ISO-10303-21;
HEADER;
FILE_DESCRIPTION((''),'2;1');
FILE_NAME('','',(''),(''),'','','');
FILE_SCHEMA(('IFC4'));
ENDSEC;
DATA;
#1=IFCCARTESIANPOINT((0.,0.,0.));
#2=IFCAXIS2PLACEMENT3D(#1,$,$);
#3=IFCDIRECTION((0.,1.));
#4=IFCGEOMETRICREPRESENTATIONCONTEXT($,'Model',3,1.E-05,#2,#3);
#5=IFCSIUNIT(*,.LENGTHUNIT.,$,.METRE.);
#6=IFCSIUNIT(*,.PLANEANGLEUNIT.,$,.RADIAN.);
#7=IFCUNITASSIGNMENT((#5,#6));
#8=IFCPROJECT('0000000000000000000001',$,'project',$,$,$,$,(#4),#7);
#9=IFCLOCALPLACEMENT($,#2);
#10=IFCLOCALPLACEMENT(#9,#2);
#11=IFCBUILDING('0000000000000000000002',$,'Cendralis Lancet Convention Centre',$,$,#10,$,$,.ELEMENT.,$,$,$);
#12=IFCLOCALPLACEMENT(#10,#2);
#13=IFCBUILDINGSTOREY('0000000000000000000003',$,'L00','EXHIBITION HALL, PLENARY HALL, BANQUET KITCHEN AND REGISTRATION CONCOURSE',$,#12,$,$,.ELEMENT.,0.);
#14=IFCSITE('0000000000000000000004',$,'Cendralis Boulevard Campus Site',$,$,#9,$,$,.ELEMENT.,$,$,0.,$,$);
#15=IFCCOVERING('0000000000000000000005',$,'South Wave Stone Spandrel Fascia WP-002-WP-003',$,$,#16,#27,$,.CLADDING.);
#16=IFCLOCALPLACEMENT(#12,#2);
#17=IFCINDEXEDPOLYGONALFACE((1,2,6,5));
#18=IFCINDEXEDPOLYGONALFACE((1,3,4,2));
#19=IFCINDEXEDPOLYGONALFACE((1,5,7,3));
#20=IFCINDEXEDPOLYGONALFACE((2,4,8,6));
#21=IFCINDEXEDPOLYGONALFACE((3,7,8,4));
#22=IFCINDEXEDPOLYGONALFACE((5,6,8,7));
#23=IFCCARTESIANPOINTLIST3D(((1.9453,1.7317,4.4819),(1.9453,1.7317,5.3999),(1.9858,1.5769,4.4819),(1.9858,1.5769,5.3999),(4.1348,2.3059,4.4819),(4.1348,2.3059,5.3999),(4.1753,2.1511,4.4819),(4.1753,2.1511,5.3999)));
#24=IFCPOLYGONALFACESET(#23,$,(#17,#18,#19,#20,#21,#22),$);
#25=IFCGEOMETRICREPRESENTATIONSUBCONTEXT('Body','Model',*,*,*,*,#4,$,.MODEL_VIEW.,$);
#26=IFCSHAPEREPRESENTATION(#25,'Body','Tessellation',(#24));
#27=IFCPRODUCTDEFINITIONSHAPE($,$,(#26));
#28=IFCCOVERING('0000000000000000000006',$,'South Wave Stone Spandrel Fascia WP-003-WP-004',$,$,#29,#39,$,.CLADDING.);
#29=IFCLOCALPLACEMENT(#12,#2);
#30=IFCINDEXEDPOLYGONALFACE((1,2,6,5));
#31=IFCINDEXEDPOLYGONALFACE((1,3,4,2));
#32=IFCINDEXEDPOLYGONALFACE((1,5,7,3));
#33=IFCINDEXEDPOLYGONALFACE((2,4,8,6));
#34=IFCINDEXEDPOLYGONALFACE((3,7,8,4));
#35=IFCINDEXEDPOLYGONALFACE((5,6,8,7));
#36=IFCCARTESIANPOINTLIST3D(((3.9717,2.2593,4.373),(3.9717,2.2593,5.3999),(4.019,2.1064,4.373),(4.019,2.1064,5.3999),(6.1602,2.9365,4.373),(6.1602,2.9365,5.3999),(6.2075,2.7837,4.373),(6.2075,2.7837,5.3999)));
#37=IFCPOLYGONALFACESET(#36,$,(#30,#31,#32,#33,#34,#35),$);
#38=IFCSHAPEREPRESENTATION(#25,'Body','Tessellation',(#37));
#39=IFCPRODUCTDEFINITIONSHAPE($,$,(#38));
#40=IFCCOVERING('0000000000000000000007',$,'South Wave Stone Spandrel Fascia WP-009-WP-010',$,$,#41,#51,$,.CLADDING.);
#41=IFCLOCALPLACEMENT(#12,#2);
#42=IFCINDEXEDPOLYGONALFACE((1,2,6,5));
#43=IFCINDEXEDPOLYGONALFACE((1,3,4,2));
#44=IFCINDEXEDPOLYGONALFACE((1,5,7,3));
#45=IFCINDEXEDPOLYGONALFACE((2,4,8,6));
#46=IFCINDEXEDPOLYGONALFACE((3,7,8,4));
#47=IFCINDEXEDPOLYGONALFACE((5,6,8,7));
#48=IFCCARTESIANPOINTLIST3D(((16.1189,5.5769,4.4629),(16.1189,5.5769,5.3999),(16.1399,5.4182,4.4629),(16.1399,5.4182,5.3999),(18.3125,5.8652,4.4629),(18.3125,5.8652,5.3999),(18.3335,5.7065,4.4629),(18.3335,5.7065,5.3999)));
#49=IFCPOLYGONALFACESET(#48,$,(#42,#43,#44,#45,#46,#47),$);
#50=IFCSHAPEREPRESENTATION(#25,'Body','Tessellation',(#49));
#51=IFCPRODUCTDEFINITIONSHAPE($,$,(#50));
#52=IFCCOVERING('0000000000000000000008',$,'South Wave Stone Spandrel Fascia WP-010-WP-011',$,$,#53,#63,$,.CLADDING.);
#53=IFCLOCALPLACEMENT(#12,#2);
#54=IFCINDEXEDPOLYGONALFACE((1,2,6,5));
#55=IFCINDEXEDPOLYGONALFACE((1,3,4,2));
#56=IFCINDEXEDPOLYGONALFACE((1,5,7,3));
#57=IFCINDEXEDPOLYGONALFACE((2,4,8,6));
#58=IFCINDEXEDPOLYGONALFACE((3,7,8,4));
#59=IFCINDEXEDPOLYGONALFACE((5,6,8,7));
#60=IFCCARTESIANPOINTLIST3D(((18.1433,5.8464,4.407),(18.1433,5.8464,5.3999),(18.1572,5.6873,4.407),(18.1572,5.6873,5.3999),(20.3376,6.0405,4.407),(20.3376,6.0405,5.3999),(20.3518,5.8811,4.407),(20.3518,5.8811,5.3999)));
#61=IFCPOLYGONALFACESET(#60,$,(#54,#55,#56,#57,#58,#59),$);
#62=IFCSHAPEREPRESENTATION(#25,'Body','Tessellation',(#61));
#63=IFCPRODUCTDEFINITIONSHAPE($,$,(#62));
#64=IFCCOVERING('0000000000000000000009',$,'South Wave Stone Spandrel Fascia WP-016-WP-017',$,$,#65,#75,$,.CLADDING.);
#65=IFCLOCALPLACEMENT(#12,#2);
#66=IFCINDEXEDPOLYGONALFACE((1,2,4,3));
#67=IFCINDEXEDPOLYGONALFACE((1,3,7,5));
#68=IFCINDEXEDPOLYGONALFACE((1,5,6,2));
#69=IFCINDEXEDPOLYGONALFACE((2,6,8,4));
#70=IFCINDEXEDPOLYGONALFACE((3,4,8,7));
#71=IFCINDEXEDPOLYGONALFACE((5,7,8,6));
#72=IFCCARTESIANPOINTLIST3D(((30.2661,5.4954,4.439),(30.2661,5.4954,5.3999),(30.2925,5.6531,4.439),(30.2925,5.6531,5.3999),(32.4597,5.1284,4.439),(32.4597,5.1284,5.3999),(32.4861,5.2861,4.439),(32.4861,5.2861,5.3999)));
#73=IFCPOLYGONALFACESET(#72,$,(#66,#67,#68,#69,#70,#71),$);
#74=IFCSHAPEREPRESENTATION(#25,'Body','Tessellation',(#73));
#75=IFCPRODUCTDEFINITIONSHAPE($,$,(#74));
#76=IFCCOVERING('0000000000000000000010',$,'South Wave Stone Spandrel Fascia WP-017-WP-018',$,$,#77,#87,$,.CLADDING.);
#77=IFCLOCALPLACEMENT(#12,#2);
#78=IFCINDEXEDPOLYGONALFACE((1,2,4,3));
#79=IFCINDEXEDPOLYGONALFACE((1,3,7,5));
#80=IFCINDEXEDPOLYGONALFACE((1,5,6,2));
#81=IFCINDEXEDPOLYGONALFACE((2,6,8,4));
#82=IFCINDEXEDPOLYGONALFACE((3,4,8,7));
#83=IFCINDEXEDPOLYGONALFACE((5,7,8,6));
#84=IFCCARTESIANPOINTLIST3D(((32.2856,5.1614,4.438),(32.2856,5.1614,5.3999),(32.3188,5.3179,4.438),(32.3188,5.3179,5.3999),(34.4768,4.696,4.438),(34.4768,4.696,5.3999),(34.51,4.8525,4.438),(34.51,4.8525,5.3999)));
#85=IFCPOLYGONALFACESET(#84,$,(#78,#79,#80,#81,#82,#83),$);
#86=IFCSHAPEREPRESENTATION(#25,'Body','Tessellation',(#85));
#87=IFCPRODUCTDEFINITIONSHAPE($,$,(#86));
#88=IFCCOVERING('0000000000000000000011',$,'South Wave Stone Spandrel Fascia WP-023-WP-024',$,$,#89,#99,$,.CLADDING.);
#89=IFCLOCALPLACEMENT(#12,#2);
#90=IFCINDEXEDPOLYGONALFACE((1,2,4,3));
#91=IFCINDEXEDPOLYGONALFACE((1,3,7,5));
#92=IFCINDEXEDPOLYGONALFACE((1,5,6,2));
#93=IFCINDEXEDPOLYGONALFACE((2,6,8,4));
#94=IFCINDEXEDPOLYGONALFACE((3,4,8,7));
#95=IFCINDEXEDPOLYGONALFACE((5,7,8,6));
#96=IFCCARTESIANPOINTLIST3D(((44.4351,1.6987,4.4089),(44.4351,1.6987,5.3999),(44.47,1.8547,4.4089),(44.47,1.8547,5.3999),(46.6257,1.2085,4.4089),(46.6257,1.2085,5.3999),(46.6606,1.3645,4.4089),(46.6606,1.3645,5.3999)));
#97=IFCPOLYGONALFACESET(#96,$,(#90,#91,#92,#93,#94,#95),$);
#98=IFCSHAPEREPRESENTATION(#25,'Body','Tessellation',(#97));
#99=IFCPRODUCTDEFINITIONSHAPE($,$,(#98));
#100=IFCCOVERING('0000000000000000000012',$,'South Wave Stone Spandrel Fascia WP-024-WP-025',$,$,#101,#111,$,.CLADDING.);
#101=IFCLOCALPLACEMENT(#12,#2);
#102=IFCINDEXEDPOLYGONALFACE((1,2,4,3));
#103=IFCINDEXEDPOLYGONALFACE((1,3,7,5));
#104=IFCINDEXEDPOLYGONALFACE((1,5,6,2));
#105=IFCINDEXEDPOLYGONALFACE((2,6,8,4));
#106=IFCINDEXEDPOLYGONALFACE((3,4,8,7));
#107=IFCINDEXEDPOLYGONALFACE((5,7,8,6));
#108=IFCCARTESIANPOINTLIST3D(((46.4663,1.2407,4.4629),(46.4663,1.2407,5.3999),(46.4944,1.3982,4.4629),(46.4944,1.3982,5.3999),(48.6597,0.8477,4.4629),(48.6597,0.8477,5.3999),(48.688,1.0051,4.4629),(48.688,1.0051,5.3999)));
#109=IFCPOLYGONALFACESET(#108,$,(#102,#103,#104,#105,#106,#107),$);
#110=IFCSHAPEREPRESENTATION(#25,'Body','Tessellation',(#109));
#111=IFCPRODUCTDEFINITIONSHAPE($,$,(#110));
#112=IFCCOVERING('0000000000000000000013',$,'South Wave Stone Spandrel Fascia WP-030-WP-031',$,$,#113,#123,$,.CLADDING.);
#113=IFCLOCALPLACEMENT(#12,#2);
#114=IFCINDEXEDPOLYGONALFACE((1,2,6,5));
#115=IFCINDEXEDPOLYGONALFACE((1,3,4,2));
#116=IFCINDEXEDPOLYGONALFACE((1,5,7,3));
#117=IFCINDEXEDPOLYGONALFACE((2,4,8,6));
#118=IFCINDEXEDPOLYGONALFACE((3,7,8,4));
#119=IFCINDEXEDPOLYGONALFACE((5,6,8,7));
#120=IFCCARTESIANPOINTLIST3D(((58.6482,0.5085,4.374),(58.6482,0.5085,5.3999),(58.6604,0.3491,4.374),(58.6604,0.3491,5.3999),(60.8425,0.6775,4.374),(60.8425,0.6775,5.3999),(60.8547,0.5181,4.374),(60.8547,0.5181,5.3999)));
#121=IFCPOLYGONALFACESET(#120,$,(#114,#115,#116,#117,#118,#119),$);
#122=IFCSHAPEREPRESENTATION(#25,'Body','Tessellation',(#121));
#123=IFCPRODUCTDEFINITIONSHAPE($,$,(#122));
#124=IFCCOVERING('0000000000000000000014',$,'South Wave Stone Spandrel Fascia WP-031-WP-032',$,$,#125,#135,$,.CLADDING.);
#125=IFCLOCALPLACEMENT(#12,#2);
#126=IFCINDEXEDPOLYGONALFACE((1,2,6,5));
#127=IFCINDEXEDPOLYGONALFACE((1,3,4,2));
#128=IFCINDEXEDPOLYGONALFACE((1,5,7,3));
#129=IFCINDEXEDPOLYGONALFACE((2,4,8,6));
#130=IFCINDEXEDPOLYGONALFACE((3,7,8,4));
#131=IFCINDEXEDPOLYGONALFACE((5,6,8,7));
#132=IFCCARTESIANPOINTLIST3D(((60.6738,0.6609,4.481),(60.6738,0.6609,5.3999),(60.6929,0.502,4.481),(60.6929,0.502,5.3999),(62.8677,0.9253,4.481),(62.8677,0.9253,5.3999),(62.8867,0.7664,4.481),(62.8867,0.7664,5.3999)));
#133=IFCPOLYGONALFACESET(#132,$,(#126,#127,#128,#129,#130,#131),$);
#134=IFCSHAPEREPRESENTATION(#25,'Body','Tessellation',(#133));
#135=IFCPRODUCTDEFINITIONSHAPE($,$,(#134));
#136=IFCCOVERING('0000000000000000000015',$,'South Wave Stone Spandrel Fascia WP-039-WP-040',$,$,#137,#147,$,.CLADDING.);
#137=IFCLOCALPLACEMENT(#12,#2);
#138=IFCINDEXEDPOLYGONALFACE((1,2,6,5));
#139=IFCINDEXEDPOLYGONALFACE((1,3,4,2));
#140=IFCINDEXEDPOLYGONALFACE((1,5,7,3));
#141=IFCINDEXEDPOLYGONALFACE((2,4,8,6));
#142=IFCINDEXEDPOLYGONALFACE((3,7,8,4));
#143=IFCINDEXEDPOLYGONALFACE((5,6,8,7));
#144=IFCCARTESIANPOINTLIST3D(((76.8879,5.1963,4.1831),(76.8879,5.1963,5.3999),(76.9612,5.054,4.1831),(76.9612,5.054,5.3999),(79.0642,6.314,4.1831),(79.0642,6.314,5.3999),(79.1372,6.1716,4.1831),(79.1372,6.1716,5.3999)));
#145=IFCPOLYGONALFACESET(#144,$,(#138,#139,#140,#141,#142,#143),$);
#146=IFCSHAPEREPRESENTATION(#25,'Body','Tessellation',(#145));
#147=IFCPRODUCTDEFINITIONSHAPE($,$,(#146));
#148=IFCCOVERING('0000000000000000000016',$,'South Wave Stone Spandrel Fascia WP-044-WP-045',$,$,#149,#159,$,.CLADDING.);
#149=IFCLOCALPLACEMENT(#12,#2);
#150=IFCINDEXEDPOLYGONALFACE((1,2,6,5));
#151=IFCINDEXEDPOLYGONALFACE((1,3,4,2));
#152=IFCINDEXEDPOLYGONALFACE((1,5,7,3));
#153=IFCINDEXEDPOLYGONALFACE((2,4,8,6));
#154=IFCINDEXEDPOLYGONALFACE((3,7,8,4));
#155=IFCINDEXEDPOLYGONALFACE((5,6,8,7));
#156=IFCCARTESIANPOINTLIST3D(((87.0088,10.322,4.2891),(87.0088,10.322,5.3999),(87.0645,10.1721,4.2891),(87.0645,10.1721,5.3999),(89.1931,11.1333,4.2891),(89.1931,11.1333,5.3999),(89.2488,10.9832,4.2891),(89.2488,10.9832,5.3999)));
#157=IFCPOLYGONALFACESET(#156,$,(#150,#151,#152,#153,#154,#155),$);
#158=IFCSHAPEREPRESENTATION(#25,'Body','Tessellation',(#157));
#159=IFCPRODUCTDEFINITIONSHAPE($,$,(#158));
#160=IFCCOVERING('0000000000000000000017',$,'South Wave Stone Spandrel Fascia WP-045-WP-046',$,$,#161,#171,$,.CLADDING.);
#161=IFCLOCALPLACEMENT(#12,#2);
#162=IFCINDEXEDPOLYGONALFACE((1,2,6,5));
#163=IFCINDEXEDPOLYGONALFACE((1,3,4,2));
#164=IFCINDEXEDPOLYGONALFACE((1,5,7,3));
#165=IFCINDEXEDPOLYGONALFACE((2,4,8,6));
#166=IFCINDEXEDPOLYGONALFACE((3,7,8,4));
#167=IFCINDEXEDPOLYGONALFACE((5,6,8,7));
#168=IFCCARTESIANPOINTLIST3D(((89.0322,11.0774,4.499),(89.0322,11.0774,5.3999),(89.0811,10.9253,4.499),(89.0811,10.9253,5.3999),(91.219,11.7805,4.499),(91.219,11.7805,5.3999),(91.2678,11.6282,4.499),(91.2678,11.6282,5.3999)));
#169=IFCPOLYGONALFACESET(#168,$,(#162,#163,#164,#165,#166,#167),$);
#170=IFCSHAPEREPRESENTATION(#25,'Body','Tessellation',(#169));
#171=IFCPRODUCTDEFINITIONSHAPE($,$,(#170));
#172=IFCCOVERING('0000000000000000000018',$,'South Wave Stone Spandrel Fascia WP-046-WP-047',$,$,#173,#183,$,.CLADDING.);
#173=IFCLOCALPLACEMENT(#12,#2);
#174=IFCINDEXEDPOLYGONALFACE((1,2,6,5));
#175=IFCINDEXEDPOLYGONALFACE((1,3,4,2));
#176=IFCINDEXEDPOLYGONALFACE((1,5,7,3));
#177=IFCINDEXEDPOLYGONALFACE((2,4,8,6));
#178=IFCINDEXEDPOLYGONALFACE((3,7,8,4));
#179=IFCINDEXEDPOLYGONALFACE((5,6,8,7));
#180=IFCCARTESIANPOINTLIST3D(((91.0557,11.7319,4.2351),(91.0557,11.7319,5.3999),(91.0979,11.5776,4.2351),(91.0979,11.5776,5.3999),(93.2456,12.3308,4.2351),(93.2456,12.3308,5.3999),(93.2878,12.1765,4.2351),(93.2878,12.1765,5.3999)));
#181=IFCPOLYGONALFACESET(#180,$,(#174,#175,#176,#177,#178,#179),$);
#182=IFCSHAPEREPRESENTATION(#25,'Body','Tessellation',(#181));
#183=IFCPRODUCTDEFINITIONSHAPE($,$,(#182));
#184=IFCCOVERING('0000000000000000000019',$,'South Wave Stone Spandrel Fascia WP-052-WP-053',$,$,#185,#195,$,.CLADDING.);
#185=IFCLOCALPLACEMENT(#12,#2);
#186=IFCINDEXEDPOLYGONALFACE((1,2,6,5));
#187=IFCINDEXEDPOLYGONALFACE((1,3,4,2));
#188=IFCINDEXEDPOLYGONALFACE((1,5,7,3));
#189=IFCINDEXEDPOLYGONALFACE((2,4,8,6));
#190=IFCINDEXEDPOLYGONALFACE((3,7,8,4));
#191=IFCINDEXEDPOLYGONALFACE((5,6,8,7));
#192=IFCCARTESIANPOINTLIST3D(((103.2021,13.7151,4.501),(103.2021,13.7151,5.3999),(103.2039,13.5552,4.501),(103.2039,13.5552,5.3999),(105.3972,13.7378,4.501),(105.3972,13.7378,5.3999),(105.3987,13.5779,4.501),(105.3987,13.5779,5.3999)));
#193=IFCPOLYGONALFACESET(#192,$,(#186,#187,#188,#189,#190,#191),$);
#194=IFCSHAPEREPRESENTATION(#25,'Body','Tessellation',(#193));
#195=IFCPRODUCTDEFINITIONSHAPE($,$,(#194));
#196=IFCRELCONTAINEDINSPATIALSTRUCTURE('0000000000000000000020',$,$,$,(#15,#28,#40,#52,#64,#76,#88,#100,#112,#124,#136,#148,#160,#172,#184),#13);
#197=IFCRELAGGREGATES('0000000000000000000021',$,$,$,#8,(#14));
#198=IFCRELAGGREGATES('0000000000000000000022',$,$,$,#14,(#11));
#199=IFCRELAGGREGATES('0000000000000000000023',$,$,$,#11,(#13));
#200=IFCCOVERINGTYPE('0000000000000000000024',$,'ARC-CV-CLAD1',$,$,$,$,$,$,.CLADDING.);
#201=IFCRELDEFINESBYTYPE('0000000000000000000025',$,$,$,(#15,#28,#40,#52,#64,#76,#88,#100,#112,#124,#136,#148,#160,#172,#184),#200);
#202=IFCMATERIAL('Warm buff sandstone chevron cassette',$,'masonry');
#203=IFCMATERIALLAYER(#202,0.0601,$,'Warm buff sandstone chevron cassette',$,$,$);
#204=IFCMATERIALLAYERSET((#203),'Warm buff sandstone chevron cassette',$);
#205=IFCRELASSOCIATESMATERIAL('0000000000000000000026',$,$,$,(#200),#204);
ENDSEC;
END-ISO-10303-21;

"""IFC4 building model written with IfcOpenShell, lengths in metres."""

from ifc_helpers import new_model, si_unit, direction, frame, origin, place, context, subcontext, project, spatial, polyline, outline, extrude, material, layer, layer_set, type_object, element, save


model = new_model("IFC4")

# Units and contexts
model_context = context("Model", 3, precision=1e-05, world=origin(), true_north=direction((0.0, 1.0)))
body_context = subcontext(model_context, "Body", "Model", "MODEL_VIEW")
ifc_project = project(units=[si_unit("LENGTHUNIT", "METRE"), si_unit("PLANEANGLEUNIT", "RADIAN")], contexts=[model_context])

# Site, building, storey
site_placement = place(None, origin())
site = spatial("IfcSite", under=ifc_project, at=site_placement, Name="Cendralis Boulevard Campus Site", CompositionType="ELEMENT", RefElevation=0.0)
building_placement = place(site_placement, origin())
building = spatial("IfcBuilding", under=site, at=building_placement, Name="Cendralis Lancet Convention Centre", CompositionType="ELEMENT")
storey_placement = place(building_placement, origin())
storey = spatial("IfcBuildingStorey", under=building, at=storey_placement, Name="L00", Description="EXHIBITION HALL, PLENARY HALL, BANQUET KITCHEN AND REGISTRATION CONCOURSE", CompositionType="ELEMENT", Elevation=0.0)

# Coverings
ifc_material = material(Name="Warm buff sandstone chevron cassette", Category="masonry")
ifc_layer = layer(ifc_material, 0.0601, Name="Warm buff sandstone chevron cassette")
ifc_layer_set = layer_set([ifc_layer], Name="Warm buff sandstone chevron cassette")
covering_type = type_object("IfcCoveringType", Name="ARC-CV-CLAD1", PredefinedType="CLADDING", material=ifc_layer_set)
covering_1_placement = place(storey_placement, frame((0.0, 0.0, 4.4819)))
element("IfcCovering", 1, at=covering_1_placement, inside=storey, type_object=covering_type, Name="South Wave Stone Spandrel Fascia WP-002-WP-003", PredefinedType="CLADDING", context=body_context, shape_type="SweptSolid", body=[
    extrude(outline(polyline([(1.9858, 1.5769), (4.1753, 2.1511), (4.1348, 2.3059), (1.9453, 1.7317), (1.9858, 1.5769)])), origin(), (0.0, 0.0, 1.0), 0.918),
])
covering_2_placement = place(storey_placement, frame((0.0, 0.0, 4.373)))
element("IfcCovering", 2, at=covering_2_placement, inside=storey, type_object=covering_type, Name="South Wave Stone Spandrel Fascia WP-003-WP-004", PredefinedType="CLADDING", context=body_context, shape_type="SweptSolid", body=[
    extrude(outline(polyline([(4.019, 2.1064), (6.2075, 2.7837), (6.1602, 2.9365), (3.9717, 2.2593), (4.019, 2.1064)])), origin(), (0.0, 0.0, 1.0), 1.0269),
])
covering_3_placement = place(storey_placement, frame((0.0, 0.0, 4.4629)))
element("IfcCovering", 3, at=covering_3_placement, inside=storey, type_object=covering_type, Name="South Wave Stone Spandrel Fascia WP-009-WP-010", PredefinedType="CLADDING", context=body_context, shape_type="SweptSolid", body=[
    extrude(outline(polyline([(16.1399, 5.4182), (18.3335, 5.7065), (18.3125, 5.8652), (16.1189, 5.5769), (16.1399, 5.4182)])), origin(), (0.0, 0.0, 1.0), 0.937),
])
covering_4_placement = place(storey_placement, frame((0.0, 0.0, 4.407)))
element("IfcCovering", 4, at=covering_4_placement, inside=storey, type_object=covering_type, Name="South Wave Stone Spandrel Fascia WP-010-WP-011", PredefinedType="CLADDING", context=body_context, shape_type="SweptSolid", body=[
    extrude(outline(polyline([(18.1572, 5.6873), (20.3518, 5.8811), (20.3376, 6.0405), (18.1433, 5.8464), (18.1572, 5.6873)])), origin(), (0.0, 0.0, 1.0), 0.9929),
])
covering_5_placement = place(storey_placement, frame((0.0, 0.0, 4.439)))
element("IfcCovering", 5, at=covering_5_placement, inside=storey, type_object=covering_type, Name="South Wave Stone Spandrel Fascia WP-016-WP-017", PredefinedType="CLADDING", context=body_context, shape_type="SweptSolid", body=[
    extrude(outline(polyline([(30.2661, 5.4954), (32.4597, 5.1284), (32.4861, 5.2861), (30.2925, 5.6531), (30.2661, 5.4954)])), origin(), (0.0, 0.0, 1.0), 0.9609),
])
covering_6_placement = place(storey_placement, frame((0.0, 0.0, 4.438)))
element("IfcCovering", 6, at=covering_6_placement, inside=storey, type_object=covering_type, Name="South Wave Stone Spandrel Fascia WP-017-WP-018", PredefinedType="CLADDING", context=body_context, shape_type="SweptSolid", body=[
    extrude(outline(polyline([(32.2856, 5.1614), (34.4768, 4.696), (34.51, 4.8525), (32.3188, 5.3179), (32.2856, 5.1614)])), origin(), (0.0, 0.0, 1.0), 0.9619),
])
covering_7_placement = place(storey_placement, frame((0.0, 0.0, 4.4089)))
element("IfcCovering", 7, at=covering_7_placement, inside=storey, type_object=covering_type, Name="South Wave Stone Spandrel Fascia WP-023-WP-024", PredefinedType="CLADDING", context=body_context, shape_type="SweptSolid", body=[
    extrude(outline(polyline([(44.4351, 1.6987), (46.6257, 1.2085), (46.6606, 1.3645), (44.47, 1.8547), (44.4351, 1.6987)])), origin(), (0.0, 0.0, 1.0), 0.991),
])
covering_8_placement = place(storey_placement, frame((0.0, 0.0, 4.4629)))
element("IfcCovering", 8, at=covering_8_placement, inside=storey, type_object=covering_type, Name="South Wave Stone Spandrel Fascia WP-024-WP-025", PredefinedType="CLADDING", context=body_context, shape_type="SweptSolid", body=[
    extrude(outline(polyline([(46.4663, 1.2407), (48.6597, 0.8477), (48.688, 1.0051), (46.4944, 1.3982), (46.4663, 1.2407)])), origin(), (0.0, 0.0, 1.0), 0.937),
])
covering_9_placement = place(storey_placement, frame((0.0, 0.0, 4.374)))
element("IfcCovering", 9, at=covering_9_placement, inside=storey, type_object=covering_type, Name="South Wave Stone Spandrel Fascia WP-030-WP-031", PredefinedType="CLADDING", context=body_context, shape_type="SweptSolid", body=[
    extrude(outline(polyline([(58.6604, 0.3491), (60.8547, 0.5181), (60.8425, 0.6775), (58.6482, 0.5085), (58.6604, 0.3491)])), origin(), (0.0, 0.0, 1.0), 1.0259),
])
covering_10_placement = place(storey_placement, frame((0.0, 0.0, 4.481)))
element("IfcCovering", 10, at=covering_10_placement, inside=storey, type_object=covering_type, Name="South Wave Stone Spandrel Fascia WP-031-WP-032", PredefinedType="CLADDING", context=body_context, shape_type="SweptSolid", body=[
    extrude(outline(polyline([(60.6929, 0.502), (62.8867, 0.7664), (62.8677, 0.9253), (60.6738, 0.6609), (60.6929, 0.502)])), origin(), (0.0, 0.0, 1.0), 0.9189),
])
covering_11_placement = place(storey_placement, frame((0.0, 0.0, 4.1831)))
element("IfcCovering", 11, at=covering_11_placement, inside=storey, type_object=covering_type, Name="South Wave Stone Spandrel Fascia WP-039-WP-040", PredefinedType="CLADDING", context=body_context, shape_type="SweptSolid", body=[
    extrude(outline(polyline([(76.9612, 5.054), (79.1372, 6.1716), (79.0642, 6.314), (76.8879, 5.1963), (76.9612, 5.054)])), origin(), (0.0, 0.0, 1.0), 1.2168),
])
covering_12_placement = place(storey_placement, frame((0.0, 0.0, 4.2891)))
element("IfcCovering", 12, at=covering_12_placement, inside=storey, type_object=covering_type, Name="South Wave Stone Spandrel Fascia WP-044-WP-045", PredefinedType="CLADDING", context=body_context, shape_type="SweptSolid", body=[
    extrude(outline(polyline([(87.0645, 10.1721), (89.2488, 10.9832), (89.1931, 11.1333), (87.0088, 10.322), (87.0645, 10.1721)])), origin(), (0.0, 0.0, 1.0), 1.1108),
])
covering_13_placement = place(storey_placement, frame((0.0, 0.0, 4.499)))
element("IfcCovering", 13, at=covering_13_placement, inside=storey, type_object=covering_type, Name="South Wave Stone Spandrel Fascia WP-045-WP-046", PredefinedType="CLADDING", context=body_context, shape_type="SweptSolid", body=[
    extrude(outline(polyline([(89.0811, 10.9253), (91.2678, 11.6282), (91.219, 11.7805), (89.0322, 11.0774), (89.0811, 10.9253)])), origin(), (0.0, 0.0, 1.0), 0.9009),
])
covering_14_placement = place(storey_placement, frame((0.0, 0.0, 4.2351)))
element("IfcCovering", 14, at=covering_14_placement, inside=storey, type_object=covering_type, Name="South Wave Stone Spandrel Fascia WP-046-WP-047", PredefinedType="CLADDING", context=body_context, shape_type="SweptSolid", body=[
    extrude(outline(polyline([(91.0979, 11.5776), (93.2878, 12.1765), (93.2456, 12.3308), (91.0557, 11.7319), (91.0979, 11.5776)])), origin(), (0.0, 0.0, 1.0), 1.1648),
])
covering_15_placement = place(storey_placement, frame((0.0, 0.0, 4.501)))
element("IfcCovering", 15, at=covering_15_placement, inside=storey, type_object=covering_type, Name="South Wave Stone Spandrel Fascia WP-052-WP-053", PredefinedType="CLADDING", context=body_context, shape_type="SweptSolid", body=[
    extrude(outline(polyline([(103.2039, 13.5552), (105.3987, 13.5779), (105.3972, 13.7378), (103.2021, 13.7151), (103.2039, 13.5552)])), origin(), (0.0, 0.0, 1.0), 0.8989),
])

save(model, "model.ifc")
